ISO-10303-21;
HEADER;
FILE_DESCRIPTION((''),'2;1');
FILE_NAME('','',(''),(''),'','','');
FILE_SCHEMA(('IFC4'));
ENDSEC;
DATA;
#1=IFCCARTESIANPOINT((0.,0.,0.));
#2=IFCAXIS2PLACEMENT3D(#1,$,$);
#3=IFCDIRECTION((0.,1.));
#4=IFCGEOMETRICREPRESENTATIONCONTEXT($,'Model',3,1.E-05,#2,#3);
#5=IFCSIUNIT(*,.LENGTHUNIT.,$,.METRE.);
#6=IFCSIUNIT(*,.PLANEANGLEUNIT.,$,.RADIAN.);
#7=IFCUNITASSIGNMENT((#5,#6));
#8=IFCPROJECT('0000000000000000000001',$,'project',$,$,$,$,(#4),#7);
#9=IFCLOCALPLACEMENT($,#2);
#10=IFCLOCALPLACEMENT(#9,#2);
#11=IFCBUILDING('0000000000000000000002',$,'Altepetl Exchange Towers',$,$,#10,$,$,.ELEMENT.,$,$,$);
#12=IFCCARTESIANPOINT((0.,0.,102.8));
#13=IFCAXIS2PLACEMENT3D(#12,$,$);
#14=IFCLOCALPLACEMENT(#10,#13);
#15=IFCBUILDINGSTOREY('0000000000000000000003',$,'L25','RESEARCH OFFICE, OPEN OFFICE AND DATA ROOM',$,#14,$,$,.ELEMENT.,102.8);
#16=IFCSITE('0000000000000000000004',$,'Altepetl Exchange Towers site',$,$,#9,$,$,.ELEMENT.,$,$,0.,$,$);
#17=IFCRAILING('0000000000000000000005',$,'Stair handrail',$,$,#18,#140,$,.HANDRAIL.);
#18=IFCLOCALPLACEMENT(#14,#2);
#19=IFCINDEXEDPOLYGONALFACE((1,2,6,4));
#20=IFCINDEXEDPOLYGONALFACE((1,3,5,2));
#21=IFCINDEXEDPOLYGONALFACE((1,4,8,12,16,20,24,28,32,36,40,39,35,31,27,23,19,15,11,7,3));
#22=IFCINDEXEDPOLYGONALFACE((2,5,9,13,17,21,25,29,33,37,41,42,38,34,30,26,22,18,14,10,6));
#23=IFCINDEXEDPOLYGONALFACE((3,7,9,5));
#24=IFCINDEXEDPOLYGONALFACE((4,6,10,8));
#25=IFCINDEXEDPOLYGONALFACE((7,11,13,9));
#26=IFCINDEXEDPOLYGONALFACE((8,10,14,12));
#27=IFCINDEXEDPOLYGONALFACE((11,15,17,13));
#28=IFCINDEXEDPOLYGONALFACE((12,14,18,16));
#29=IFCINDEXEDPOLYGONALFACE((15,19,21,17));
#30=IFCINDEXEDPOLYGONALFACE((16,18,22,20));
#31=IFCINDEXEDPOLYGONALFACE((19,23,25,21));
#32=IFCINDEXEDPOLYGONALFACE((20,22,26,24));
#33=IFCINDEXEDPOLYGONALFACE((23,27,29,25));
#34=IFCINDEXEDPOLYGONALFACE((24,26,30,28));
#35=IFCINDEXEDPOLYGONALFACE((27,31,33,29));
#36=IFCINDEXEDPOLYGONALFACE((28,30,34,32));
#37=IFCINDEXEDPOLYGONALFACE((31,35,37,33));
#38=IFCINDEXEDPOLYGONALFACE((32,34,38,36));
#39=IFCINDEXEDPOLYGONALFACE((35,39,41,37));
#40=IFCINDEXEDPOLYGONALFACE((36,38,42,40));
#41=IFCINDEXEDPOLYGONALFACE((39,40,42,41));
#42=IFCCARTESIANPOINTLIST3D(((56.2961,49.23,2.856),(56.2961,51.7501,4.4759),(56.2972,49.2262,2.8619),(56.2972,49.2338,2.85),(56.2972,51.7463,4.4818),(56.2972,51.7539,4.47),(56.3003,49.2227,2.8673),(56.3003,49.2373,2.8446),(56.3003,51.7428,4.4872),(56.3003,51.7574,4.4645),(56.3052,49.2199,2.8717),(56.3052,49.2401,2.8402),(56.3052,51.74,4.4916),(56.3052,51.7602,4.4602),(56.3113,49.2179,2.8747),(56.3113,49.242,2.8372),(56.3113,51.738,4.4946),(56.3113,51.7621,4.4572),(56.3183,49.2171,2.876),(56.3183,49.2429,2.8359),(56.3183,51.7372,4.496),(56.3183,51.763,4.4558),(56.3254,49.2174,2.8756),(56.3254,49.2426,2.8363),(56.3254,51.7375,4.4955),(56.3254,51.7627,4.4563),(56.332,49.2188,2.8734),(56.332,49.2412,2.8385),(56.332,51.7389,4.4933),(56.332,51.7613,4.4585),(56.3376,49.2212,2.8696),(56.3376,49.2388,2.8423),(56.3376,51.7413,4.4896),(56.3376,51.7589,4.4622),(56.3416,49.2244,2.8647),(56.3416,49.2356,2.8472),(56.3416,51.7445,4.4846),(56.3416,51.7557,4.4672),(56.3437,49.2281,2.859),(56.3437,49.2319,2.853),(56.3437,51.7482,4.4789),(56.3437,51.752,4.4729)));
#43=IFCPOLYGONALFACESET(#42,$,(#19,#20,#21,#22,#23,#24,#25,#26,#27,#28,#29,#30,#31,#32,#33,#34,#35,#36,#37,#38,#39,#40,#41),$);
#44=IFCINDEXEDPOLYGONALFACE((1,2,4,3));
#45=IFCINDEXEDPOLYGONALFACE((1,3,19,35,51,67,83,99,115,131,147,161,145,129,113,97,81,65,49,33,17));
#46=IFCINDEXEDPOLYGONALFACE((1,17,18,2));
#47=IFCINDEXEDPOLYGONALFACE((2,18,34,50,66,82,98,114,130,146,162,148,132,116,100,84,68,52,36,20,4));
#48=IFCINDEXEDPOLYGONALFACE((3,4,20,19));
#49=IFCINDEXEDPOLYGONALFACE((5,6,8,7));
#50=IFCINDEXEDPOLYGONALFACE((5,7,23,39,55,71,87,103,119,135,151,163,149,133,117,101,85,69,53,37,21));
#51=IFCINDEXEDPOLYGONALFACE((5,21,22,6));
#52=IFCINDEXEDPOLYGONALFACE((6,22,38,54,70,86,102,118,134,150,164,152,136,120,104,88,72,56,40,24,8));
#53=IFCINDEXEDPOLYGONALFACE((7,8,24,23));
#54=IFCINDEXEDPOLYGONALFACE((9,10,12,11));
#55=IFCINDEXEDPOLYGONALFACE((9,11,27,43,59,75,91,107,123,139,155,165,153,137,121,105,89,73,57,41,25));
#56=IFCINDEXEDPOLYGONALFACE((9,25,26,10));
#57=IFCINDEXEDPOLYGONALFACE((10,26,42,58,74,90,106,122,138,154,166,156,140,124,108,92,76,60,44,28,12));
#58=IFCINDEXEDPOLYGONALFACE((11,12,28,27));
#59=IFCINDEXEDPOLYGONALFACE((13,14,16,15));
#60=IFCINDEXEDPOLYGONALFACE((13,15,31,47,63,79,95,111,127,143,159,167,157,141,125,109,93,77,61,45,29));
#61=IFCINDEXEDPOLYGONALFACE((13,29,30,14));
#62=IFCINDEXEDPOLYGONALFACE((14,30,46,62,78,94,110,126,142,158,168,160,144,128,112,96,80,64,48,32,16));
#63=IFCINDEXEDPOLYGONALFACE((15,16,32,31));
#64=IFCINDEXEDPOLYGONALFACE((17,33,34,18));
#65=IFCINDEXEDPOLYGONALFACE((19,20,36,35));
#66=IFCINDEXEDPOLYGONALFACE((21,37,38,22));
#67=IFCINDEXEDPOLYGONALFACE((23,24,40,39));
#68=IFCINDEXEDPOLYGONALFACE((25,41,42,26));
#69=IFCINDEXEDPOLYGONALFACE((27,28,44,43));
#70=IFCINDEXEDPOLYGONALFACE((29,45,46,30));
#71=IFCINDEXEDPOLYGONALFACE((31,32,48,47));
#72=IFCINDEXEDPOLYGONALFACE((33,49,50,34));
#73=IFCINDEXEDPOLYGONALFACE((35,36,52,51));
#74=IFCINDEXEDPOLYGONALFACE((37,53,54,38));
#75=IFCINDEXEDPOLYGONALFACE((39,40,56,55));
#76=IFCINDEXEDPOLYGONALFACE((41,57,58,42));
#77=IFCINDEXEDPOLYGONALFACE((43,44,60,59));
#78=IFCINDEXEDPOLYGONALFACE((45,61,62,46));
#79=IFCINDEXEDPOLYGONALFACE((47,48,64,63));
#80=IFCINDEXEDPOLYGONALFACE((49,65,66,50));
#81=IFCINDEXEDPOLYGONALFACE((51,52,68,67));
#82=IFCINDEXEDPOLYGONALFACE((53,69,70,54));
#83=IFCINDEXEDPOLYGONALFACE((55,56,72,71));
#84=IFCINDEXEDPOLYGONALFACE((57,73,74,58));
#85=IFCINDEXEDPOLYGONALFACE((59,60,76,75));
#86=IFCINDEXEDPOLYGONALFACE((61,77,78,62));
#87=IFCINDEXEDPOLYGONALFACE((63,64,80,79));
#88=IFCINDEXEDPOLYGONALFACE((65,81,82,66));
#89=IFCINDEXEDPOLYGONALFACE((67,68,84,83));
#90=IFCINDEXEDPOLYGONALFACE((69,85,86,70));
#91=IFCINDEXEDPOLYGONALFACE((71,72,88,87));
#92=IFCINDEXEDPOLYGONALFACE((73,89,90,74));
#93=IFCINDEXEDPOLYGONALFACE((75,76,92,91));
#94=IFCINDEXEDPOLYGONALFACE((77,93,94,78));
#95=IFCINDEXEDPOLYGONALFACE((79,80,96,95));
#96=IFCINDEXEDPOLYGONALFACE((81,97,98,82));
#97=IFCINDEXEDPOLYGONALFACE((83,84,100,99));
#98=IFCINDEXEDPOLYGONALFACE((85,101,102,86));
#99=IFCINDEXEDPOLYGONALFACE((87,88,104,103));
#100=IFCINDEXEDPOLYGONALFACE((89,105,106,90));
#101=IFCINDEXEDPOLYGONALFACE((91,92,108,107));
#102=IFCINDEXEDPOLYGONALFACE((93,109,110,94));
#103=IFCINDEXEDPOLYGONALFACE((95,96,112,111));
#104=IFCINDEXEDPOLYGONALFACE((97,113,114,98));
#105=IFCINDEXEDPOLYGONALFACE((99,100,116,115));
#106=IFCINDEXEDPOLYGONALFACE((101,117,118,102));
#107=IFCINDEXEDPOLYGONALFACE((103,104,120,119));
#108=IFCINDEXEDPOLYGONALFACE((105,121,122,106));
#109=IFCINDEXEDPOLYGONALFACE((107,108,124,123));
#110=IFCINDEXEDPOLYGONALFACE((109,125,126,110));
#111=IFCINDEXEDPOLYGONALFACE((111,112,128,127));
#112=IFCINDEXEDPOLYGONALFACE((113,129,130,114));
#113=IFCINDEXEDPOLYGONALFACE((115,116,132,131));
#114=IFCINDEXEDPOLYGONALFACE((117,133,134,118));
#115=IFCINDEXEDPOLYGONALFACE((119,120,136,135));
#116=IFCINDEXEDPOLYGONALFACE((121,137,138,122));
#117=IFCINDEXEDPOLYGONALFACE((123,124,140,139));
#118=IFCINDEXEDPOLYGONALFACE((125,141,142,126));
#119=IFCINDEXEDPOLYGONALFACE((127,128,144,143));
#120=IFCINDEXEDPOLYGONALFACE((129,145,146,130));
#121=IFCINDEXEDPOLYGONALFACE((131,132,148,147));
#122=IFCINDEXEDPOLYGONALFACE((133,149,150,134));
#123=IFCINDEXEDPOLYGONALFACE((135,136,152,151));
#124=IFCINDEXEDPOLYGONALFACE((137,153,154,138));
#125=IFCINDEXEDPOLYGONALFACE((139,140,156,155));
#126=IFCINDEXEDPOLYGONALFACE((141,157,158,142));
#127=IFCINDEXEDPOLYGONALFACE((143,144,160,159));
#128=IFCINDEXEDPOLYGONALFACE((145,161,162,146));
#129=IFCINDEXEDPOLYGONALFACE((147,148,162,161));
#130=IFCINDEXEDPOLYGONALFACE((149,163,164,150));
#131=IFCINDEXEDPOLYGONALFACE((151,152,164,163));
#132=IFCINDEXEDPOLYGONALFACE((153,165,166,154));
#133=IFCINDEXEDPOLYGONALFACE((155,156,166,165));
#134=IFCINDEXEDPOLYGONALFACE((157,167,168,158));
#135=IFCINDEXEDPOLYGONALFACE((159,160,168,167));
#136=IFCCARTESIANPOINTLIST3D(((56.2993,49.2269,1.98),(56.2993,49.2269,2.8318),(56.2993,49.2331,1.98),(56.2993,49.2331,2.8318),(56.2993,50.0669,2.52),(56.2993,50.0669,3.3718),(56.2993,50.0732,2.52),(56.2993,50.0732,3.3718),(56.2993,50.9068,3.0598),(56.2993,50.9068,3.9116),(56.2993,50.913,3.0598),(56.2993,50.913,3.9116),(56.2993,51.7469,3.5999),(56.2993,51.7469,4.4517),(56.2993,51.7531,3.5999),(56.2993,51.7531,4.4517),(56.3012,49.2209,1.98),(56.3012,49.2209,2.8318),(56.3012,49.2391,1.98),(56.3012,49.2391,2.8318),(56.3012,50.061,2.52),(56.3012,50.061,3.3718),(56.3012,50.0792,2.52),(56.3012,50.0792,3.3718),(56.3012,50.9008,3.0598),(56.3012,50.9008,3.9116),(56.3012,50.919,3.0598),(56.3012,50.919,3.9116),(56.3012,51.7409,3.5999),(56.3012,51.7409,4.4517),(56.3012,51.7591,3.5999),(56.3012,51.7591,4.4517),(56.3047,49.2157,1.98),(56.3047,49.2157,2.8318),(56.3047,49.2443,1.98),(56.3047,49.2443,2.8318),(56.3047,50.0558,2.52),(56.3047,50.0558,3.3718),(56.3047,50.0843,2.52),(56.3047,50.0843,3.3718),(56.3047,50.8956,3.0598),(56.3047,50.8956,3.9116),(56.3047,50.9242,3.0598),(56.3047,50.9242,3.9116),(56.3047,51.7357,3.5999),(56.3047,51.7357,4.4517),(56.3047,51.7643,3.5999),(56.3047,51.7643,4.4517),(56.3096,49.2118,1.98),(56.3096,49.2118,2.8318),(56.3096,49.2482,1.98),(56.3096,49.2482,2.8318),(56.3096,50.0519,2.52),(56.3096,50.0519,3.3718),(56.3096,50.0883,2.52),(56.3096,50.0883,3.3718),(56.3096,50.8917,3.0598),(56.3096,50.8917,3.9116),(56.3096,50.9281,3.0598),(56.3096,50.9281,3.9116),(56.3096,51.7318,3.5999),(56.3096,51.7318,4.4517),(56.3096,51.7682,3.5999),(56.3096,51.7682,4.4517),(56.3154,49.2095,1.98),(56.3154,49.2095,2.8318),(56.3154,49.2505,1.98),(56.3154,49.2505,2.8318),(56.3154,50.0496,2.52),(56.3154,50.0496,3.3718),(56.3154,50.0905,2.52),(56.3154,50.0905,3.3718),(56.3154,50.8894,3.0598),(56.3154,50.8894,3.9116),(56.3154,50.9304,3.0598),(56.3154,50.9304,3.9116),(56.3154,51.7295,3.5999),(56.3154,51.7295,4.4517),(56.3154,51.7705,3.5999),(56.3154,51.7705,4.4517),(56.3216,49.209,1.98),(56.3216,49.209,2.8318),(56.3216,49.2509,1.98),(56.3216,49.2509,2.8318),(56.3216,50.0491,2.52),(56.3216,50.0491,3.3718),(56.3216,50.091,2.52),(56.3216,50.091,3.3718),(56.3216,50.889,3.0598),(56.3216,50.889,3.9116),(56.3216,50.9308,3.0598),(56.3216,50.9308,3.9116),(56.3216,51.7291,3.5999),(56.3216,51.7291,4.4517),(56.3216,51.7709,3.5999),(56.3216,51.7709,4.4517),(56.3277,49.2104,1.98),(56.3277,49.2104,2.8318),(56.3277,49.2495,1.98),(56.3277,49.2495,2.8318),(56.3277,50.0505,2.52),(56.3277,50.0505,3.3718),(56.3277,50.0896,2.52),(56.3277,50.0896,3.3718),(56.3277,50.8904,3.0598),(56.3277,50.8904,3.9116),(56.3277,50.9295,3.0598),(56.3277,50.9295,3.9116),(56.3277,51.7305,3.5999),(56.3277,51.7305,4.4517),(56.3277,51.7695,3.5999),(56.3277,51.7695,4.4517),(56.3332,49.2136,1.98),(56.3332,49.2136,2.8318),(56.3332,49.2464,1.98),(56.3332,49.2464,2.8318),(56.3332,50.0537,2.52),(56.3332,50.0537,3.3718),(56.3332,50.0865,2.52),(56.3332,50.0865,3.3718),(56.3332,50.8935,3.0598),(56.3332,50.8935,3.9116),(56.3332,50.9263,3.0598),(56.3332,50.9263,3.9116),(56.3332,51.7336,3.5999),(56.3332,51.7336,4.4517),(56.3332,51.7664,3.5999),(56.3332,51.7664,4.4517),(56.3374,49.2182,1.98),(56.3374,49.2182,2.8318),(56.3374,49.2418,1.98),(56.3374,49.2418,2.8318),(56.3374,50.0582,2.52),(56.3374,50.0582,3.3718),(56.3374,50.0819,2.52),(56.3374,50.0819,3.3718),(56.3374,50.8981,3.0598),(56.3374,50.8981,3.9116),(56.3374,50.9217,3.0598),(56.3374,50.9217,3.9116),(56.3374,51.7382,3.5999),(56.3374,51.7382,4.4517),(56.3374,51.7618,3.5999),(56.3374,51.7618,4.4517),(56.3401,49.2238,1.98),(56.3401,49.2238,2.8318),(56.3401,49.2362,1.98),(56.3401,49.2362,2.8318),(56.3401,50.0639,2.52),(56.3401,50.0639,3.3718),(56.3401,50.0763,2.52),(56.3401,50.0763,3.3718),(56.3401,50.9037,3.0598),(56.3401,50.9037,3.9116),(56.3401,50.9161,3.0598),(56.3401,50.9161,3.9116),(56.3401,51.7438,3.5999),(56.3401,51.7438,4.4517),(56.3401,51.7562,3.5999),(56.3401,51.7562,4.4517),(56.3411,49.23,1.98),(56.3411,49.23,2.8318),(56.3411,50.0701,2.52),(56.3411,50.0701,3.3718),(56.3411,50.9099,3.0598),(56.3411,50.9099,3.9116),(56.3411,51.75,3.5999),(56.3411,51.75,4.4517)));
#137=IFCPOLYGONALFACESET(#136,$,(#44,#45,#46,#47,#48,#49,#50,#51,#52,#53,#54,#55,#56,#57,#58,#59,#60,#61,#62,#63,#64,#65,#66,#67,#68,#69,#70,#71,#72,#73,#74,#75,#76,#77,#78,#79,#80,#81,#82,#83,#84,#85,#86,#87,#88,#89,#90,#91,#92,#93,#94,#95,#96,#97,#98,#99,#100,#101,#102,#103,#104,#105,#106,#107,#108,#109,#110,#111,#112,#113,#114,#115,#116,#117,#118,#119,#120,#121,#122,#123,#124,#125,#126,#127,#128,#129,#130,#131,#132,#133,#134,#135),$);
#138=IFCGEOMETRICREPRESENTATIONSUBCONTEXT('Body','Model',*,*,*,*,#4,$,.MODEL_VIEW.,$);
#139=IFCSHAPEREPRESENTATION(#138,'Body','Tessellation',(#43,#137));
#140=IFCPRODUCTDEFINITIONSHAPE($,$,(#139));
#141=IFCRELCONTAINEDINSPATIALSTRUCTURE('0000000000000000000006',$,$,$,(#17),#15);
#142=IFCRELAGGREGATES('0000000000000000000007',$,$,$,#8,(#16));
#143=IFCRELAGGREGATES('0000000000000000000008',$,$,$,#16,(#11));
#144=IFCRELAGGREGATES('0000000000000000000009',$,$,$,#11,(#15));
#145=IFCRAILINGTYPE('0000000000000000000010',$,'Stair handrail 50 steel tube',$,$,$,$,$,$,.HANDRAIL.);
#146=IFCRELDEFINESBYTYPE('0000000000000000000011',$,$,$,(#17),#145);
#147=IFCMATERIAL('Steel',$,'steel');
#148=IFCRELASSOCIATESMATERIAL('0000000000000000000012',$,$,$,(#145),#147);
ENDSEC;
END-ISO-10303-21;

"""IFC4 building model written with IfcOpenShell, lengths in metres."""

from ifc_helpers import new_model, si_unit, direction, frame, origin, origin_2d, place, context, subcontext, project, spatial, circle, extrude, source, transform, mapped, material, type_object, element, save


model = new_model("IFC4")

# Units and contexts
model_context = context("Model", 3, precision=1e-05, world=origin(), true_north=direction((0.0, 1.0)))
body_context = subcontext(model_context, "Body", "Model", "MODEL_VIEW")
ifc_project = project(units=[si_unit("LENGTHUNIT", "METRE"), si_unit("PLANEANGLEUNIT", "RADIAN")], contexts=[model_context])

# Site, building, storey
site_placement = place(None, origin())
site = spatial("IfcSite", under=ifc_project, at=site_placement, Name="Altepetl Exchange Towers site", CompositionType="ELEMENT", RefElevation=0.0)
building_placement = place(site_placement, origin())
building = spatial("IfcBuilding", under=site, at=building_placement, Name="Altepetl Exchange Towers", CompositionType="ELEMENT")
storey_placement = place(building_placement, frame((0.0, 0.0, 102.8)))
storey = spatial("IfcBuildingStorey", under=building, at=storey_placement, Name="L25", Description="RESEARCH OFFICE, OPEN OFFICE AND DATA ROOM", CompositionType="ELEMENT", Elevation=102.8)

# Railing
ifc_material_1 = material(Name="Steel", Category="steel")
railing_type = type_object("IfcRailingType", Name="Stair handrail 50 steel tube", PredefinedType="HANDRAIL", material=ifc_material_1)
shared_shape = source(origin(), body_context, "Body", "SweptSolid", [
    extrude(circle(Radius=0.021, at=origin_2d()), origin(), (0.0, 0.0, 1.0), 0.8518),
])
railing_placement = place(storey_placement, frame((56.3201, 49.23, 1.98)))
element("IfcRailing", 1, at=railing_placement, inside=storey, type_object=railing_type, Name="Stair handrail", PredefinedType="HANDRAIL", context=body_context, shape_type="SweptSolid", body=[
    extrude(circle(Radius=0.0239, at=origin_2d()), frame((0.0, 0.0, 0.876), z_axis=(0.0, 0.8412, 0.540725), x_axis=(-1.0, 0.0, 0.0)), (0.0, 0.0, 1.0), 2.9958),
    mapped(shared_shape, transform((0.0, 0.0, 0.0))),
    mapped(shared_shape, transform((0.0, 0.8401, 0.54))),
    mapped(shared_shape, transform((0.0, 1.6799, 1.0798))),
    mapped(shared_shape, transform((0.0, 2.52, 1.6199))),
])

save(model, "model.ifc")
